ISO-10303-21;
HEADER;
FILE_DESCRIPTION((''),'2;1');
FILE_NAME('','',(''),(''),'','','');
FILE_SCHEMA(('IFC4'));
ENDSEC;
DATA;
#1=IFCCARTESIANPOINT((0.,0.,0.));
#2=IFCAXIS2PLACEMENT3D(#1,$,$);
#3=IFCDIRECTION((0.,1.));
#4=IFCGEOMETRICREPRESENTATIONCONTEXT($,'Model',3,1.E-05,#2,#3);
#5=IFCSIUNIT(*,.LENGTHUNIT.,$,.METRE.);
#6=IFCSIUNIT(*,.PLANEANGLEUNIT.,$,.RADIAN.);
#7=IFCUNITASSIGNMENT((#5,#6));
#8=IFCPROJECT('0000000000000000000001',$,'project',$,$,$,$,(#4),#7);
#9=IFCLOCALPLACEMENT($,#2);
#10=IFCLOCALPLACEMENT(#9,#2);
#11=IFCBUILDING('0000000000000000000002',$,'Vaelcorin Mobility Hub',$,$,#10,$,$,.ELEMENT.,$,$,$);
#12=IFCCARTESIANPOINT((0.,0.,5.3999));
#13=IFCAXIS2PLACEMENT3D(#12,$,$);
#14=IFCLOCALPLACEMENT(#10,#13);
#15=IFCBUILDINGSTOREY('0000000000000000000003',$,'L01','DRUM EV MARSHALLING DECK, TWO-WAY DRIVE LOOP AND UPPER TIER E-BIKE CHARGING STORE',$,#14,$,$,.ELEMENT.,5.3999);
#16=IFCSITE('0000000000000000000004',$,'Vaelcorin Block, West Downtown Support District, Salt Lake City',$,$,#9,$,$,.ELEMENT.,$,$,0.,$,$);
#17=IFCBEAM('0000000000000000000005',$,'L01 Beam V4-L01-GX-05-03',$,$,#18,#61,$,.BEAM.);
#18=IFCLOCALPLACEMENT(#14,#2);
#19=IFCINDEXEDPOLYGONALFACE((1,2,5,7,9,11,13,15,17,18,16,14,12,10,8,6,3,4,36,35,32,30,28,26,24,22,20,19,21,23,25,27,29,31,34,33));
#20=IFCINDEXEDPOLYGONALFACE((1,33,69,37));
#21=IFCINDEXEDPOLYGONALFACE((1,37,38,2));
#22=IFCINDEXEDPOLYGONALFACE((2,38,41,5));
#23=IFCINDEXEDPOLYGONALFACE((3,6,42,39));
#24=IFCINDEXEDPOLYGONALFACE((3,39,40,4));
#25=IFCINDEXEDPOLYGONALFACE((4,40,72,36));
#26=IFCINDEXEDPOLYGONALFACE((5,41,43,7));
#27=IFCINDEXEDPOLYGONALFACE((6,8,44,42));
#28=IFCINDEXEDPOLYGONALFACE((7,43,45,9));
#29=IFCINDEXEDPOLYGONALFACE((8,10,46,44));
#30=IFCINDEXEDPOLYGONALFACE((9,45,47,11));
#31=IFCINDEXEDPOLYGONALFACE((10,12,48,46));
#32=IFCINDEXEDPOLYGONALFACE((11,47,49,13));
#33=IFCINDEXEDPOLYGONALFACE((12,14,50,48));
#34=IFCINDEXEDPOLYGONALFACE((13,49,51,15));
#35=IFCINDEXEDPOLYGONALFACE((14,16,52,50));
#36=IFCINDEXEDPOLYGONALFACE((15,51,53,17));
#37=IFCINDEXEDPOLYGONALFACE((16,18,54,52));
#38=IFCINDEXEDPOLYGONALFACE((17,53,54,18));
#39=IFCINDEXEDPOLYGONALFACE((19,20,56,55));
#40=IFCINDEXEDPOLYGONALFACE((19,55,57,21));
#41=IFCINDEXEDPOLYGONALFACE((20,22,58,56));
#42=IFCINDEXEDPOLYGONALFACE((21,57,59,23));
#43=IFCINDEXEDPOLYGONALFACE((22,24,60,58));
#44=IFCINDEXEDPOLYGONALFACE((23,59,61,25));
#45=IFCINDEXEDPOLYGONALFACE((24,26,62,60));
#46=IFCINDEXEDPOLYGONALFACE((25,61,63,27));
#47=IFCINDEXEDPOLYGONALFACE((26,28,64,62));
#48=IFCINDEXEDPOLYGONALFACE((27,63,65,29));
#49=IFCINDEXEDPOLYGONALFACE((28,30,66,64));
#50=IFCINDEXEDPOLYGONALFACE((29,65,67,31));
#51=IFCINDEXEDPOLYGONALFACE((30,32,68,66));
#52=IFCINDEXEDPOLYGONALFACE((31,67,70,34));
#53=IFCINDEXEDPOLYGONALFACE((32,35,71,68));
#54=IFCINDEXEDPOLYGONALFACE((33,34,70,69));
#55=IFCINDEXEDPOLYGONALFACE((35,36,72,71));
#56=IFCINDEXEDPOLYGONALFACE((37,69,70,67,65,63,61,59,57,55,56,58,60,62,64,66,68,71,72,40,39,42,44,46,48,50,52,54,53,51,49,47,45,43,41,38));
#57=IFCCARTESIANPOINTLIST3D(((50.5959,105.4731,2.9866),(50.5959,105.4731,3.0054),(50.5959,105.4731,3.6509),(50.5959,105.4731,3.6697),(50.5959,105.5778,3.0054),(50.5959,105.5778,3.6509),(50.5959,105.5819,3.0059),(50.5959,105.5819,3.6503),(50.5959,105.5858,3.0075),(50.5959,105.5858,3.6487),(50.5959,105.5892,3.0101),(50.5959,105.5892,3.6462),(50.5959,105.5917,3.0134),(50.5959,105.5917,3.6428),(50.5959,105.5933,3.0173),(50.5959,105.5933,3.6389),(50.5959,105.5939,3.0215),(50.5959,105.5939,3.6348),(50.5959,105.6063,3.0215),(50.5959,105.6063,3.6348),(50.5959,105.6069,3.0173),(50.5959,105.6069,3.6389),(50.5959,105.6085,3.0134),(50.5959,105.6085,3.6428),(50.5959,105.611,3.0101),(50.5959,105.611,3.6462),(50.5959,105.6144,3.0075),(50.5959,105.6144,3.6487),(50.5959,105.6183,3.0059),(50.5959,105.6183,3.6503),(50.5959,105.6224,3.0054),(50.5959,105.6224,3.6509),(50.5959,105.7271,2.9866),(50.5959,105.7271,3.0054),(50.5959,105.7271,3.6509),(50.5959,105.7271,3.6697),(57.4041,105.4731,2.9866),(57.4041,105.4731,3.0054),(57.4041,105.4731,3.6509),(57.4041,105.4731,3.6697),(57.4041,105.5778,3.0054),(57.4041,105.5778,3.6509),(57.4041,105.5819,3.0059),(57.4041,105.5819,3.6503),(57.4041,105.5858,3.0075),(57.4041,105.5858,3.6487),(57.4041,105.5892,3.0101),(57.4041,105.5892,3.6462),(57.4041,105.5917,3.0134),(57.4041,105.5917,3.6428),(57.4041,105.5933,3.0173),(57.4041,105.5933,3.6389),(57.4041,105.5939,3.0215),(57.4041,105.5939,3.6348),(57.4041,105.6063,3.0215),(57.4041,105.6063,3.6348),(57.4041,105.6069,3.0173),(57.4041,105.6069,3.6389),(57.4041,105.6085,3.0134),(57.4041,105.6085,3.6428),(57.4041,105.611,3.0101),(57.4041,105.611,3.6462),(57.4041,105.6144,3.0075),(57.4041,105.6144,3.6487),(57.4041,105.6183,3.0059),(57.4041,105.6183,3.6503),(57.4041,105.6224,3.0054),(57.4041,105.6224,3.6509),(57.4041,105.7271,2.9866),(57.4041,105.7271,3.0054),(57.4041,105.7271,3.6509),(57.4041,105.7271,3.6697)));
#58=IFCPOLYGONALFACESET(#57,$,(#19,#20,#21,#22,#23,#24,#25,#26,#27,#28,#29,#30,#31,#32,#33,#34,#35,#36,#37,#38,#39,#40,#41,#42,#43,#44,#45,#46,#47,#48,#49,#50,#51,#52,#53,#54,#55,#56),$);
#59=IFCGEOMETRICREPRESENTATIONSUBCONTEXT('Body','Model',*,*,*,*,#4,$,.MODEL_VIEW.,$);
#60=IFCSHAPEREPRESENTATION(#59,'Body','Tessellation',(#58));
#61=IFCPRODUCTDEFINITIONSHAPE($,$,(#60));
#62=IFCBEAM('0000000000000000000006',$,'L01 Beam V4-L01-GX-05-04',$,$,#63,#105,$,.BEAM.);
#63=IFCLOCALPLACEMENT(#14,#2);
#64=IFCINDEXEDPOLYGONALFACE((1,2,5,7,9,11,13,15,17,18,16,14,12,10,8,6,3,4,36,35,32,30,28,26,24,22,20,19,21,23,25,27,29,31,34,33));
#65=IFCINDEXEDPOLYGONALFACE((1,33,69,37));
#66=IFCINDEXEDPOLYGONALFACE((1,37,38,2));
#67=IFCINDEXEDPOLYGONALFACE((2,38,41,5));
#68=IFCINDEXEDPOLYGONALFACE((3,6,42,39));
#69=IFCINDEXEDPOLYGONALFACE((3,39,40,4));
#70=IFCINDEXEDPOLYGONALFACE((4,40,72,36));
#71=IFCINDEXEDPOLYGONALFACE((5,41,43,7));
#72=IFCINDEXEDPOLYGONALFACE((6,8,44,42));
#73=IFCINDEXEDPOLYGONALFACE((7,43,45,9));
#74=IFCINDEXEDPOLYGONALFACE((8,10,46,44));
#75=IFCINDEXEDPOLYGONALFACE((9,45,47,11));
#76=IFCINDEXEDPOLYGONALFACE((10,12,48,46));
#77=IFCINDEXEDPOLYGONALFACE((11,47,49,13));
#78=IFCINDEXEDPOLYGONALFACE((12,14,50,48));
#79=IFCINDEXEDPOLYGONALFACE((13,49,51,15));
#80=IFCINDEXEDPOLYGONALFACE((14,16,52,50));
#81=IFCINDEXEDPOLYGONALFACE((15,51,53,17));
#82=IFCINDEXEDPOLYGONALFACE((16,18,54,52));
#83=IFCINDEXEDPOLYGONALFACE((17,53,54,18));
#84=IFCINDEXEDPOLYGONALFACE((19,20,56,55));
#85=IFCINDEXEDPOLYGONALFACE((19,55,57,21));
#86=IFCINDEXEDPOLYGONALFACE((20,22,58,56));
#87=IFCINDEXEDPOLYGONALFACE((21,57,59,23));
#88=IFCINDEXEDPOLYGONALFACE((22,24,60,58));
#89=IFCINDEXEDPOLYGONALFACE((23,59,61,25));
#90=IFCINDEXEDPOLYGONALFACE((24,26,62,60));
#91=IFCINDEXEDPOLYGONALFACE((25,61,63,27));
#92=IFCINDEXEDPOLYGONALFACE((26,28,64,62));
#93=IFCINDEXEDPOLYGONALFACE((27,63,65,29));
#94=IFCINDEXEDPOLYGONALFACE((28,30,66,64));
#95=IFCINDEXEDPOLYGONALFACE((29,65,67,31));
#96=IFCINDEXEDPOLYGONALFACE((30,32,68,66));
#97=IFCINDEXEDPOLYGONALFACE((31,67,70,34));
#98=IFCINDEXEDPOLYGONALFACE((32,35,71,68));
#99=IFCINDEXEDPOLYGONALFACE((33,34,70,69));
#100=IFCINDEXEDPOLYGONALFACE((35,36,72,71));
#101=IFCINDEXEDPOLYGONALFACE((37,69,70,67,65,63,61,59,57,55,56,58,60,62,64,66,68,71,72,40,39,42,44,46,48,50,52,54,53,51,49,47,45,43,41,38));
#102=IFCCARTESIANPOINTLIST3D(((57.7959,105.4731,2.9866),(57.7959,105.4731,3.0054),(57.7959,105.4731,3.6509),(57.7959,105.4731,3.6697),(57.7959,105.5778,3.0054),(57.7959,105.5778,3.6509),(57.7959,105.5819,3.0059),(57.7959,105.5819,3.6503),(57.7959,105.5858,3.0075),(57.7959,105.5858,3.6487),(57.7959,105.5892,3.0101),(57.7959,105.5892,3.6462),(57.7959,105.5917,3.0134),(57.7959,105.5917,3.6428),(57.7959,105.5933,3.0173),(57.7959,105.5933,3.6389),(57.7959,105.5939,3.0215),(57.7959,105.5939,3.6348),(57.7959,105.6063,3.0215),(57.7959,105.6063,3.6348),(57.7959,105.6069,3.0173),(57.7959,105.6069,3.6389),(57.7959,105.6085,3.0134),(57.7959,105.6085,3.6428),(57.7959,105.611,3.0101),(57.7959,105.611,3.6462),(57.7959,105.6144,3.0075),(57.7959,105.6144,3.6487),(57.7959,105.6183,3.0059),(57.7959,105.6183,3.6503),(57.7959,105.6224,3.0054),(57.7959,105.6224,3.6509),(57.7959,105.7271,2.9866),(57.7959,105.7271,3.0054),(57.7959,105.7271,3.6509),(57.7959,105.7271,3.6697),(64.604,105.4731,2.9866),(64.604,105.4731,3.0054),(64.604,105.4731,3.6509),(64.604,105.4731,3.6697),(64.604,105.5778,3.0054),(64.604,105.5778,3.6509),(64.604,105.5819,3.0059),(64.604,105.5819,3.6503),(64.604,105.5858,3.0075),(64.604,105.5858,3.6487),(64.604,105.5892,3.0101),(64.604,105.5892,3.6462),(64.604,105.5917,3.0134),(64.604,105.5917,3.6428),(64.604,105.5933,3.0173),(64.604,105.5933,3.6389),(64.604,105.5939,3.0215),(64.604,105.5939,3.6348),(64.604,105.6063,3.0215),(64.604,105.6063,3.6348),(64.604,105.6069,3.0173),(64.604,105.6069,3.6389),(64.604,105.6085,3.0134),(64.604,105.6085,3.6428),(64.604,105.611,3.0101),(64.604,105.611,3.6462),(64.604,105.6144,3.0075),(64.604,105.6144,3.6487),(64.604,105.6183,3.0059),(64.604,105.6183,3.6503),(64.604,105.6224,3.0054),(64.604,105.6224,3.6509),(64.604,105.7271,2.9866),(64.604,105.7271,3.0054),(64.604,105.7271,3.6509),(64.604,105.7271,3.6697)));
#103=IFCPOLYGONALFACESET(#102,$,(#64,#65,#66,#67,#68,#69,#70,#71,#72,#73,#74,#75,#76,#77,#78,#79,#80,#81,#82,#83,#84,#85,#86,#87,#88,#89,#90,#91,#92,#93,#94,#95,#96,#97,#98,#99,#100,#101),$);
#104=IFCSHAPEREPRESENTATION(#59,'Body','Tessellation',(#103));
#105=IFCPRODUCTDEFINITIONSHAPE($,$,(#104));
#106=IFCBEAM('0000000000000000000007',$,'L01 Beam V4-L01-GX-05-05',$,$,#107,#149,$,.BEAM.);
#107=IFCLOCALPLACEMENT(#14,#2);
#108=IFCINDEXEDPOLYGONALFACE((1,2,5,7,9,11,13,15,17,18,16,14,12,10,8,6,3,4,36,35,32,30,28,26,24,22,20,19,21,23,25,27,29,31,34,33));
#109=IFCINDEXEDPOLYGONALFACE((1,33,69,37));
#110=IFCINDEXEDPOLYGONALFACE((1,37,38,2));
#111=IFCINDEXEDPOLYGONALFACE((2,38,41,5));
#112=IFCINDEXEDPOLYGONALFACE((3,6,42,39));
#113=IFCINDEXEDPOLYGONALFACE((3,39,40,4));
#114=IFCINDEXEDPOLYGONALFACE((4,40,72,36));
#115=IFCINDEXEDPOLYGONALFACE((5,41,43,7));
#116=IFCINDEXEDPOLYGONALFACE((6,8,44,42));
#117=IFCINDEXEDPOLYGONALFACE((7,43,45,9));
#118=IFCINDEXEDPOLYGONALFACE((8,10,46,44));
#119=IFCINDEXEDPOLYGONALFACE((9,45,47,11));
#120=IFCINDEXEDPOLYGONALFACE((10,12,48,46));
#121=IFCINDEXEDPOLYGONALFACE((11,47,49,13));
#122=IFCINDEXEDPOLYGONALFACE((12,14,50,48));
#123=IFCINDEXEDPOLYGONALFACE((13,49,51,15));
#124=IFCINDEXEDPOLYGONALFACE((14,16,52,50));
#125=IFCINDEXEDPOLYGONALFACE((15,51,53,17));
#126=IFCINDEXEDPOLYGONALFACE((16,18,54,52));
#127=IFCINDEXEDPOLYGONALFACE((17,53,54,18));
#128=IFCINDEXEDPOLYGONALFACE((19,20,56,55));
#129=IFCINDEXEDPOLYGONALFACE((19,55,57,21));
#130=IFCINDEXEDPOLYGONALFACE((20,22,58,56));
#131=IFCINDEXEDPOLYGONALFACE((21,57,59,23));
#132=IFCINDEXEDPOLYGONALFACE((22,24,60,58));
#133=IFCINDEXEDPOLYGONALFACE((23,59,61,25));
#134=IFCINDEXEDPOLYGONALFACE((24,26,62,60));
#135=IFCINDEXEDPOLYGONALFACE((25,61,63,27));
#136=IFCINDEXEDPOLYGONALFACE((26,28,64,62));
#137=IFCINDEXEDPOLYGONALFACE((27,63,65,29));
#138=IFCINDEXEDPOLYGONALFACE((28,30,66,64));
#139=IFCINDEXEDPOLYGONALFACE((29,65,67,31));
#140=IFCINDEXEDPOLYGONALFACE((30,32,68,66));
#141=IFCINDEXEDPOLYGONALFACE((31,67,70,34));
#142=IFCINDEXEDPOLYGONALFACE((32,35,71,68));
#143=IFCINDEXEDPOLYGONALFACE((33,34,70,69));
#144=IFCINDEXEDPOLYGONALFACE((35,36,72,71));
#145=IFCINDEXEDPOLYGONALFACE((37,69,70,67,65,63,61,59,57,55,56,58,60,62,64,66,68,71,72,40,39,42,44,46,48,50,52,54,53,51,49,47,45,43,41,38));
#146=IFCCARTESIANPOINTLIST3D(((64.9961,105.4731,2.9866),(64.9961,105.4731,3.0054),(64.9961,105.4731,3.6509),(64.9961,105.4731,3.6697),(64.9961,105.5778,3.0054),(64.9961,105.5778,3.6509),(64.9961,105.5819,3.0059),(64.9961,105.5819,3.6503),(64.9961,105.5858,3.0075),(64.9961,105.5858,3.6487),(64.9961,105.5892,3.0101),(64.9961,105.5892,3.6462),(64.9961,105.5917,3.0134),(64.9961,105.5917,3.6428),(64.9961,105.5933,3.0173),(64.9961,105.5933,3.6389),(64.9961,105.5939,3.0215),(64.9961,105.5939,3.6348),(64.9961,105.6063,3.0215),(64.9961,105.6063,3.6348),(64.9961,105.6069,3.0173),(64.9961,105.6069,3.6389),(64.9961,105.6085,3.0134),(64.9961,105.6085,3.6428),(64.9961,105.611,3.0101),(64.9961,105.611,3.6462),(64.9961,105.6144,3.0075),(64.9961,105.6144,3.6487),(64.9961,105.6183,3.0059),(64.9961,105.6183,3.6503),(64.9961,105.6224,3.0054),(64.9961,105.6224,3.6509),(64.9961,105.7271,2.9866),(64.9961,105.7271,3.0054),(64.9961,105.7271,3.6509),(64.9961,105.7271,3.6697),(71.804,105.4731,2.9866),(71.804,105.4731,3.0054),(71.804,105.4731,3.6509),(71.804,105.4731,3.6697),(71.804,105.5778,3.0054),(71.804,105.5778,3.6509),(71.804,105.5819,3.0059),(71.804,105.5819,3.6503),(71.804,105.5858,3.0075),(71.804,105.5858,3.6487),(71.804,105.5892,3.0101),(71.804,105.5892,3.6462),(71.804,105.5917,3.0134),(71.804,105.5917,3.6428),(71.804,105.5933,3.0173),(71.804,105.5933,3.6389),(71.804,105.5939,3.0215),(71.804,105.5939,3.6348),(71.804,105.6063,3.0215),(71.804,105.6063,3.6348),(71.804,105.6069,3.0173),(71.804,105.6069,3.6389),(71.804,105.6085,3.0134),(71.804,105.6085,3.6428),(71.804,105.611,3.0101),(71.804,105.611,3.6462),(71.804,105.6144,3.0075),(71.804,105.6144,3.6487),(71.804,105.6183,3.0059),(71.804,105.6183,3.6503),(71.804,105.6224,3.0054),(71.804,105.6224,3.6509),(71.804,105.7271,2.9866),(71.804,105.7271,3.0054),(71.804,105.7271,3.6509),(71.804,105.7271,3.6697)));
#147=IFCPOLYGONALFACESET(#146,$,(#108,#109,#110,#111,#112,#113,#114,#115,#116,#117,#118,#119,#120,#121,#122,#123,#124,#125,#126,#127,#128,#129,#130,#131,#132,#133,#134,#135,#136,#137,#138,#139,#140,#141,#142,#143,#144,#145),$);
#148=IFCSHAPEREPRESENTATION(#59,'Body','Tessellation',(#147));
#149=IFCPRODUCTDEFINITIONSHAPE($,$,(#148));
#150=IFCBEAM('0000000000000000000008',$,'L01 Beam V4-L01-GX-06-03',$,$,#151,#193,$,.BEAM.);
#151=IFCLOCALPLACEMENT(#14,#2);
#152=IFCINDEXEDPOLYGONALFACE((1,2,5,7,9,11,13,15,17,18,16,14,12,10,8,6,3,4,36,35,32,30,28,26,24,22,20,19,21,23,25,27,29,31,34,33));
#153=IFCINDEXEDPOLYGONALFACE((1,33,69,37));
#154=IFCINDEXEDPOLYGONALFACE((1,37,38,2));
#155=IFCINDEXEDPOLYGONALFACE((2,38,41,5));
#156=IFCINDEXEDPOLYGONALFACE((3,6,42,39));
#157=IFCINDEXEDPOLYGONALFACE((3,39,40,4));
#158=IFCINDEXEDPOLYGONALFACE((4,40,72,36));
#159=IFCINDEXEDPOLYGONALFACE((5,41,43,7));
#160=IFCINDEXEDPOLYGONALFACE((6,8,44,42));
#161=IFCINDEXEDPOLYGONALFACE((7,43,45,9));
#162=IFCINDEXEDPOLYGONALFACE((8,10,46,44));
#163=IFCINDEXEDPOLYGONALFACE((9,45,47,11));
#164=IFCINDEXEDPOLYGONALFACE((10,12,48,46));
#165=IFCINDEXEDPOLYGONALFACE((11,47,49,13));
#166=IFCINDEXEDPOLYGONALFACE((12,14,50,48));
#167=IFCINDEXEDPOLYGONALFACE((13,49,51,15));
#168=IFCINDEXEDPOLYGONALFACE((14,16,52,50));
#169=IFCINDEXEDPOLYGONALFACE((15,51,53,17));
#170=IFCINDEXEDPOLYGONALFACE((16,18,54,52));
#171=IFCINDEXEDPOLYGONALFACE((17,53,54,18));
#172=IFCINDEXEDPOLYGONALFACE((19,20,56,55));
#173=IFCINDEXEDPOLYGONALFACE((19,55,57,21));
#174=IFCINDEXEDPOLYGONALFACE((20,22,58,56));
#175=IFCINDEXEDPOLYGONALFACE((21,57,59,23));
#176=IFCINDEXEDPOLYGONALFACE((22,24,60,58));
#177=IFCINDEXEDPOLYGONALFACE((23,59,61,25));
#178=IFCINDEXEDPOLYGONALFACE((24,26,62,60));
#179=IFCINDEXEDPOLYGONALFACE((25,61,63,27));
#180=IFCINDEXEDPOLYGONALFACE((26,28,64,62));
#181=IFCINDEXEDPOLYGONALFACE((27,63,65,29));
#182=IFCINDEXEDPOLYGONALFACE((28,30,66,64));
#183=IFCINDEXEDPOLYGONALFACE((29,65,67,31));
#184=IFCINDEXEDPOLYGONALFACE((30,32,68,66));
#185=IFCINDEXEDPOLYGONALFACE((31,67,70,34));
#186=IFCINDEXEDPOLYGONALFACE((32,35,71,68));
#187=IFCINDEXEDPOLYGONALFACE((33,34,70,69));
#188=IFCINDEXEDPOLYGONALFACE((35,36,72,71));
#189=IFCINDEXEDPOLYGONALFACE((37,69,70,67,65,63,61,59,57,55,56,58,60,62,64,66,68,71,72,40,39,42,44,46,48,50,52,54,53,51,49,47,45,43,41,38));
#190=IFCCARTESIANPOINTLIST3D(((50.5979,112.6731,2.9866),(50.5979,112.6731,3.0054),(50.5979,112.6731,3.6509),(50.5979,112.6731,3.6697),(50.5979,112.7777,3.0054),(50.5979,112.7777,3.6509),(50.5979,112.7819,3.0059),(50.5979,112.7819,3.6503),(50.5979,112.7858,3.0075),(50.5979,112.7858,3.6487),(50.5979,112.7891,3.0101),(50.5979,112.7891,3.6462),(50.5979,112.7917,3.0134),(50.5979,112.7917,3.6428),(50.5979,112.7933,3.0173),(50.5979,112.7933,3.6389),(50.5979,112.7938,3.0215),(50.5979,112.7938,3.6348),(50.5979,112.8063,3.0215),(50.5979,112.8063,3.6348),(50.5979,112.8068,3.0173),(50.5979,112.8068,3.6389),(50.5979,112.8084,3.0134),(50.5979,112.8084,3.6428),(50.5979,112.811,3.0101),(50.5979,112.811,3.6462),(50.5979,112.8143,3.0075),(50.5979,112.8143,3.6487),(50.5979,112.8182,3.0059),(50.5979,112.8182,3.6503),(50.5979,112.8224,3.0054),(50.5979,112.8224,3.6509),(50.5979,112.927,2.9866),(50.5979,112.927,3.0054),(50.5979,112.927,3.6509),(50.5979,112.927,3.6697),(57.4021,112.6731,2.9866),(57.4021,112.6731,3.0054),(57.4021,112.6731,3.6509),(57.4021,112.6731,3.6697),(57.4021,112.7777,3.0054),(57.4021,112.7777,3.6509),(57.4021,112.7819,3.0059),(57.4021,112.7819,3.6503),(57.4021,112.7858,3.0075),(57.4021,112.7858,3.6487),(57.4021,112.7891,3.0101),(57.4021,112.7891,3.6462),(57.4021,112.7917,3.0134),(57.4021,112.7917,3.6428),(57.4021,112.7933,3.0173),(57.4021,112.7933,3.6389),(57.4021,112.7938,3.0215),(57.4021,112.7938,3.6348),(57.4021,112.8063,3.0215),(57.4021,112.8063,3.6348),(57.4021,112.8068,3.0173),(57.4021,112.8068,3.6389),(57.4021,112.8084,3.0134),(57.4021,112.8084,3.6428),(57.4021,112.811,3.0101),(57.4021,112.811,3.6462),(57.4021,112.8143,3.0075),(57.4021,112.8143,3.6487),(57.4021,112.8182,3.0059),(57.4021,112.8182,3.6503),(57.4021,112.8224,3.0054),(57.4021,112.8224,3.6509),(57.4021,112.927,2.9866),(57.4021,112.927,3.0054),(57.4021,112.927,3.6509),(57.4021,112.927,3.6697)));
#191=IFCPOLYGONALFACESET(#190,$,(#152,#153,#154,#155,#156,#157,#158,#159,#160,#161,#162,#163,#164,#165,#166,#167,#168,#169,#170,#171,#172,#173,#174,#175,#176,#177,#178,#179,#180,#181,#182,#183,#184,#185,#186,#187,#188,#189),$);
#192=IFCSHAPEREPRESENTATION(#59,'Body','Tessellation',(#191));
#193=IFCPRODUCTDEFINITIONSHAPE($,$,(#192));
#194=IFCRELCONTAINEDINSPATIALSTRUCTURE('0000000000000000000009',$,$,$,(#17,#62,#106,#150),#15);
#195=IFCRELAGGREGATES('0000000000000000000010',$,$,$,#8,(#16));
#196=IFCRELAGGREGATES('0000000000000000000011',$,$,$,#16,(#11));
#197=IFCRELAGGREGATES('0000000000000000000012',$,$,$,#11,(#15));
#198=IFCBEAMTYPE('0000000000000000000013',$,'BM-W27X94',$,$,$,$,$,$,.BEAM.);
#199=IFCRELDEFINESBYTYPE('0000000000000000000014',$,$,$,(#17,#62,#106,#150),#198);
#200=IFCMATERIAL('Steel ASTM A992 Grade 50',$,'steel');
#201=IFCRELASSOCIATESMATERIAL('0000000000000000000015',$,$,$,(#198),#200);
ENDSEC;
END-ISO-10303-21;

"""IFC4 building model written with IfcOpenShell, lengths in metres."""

from ifc_helpers import new_model, si_unit, direction, frame, origin, origin_2d, place, context, subcontext, project, spatial, i_section, extrude, material, material_profile, profile_set, type_object, element, save


model = new_model("IFC4")

# Units and contexts
model_context = context("Model", 3, precision=1e-05, world=origin(), true_north=direction((0.0, 1.0)))
body_context = subcontext(model_context, "Body", "Model", "MODEL_VIEW")
ifc_project = project(units=[si_unit("LENGTHUNIT", "METRE"), si_unit("PLANEANGLEUNIT", "RADIAN")], contexts=[model_context])

# Site, building, storey
site_placement = place(None, origin())
site = spatial("IfcSite", under=ifc_project, at=site_placement, Name="Vaelcorin Block, West Downtown Support District, Salt Lake City", CompositionType="ELEMENT", RefElevation=0.0)
building_placement = place(site_placement, origin())
building = spatial("IfcBuilding", under=site, at=building_placement, Name="Vaelcorin Mobility Hub", CompositionType="ELEMENT")
storey_placement = place(building_placement, frame((0.0, 0.0, 5.3999)))
storey = spatial("IfcBuildingStorey", under=building, at=storey_placement, Name="L01", Description="DRUM EV MARSHALLING DECK, TWO-WAY DRIVE LOOP AND UPPER TIER E-BIKE CHARGING STORE", CompositionType="ELEMENT", Elevation=5.3999)

# Shared definitions
ifc_material_1 = material(Name="Steel ASTM A992 Grade 50", Category="steel")

# Beams
ifc_material_profile_1 = material_profile(ifc_material_1, i_section(OverallWidth=0.2539, OverallDepth=0.6831, WebThickness=0.0125, FlangeThickness=0.0188, FilletRadius=0.0161, at=origin_2d()), Name="W27X94")
ifc_profile_set_1 = profile_set([ifc_material_profile_1], Name="Steel ASTM A992 Grade 50")
beam_type_1 = type_object("IfcBeamType", Name="BM-W27X94", PredefinedType="BEAM", material=ifc_profile_set_1)
for number, where, z_axis, x_axis, name in (
    (1, (50.5959, 105.6001, 3.3281), (1.0, 0.0, 0.0), (0.0, 1.0, 0.0), "L01 Beam V4-L01-GX-05-03"),
    (2, (57.7959, 105.6001, 3.3281), (1.0, 0.0, 0.0), (0.0, 1.0, 0.0), "L01 Beam V4-L01-GX-05-04"),
):
    element("IfcBeam", number, at=place(storey_placement, frame(where, z_axis=z_axis, x_axis=x_axis)), inside=storey, type_object=beam_type_1, Name=name, PredefinedType="BEAM", context=body_context, shape_type="SweptSolid", body=[
        extrude(i_section(OverallWidth=0.2539, OverallDepth=0.6831, WebThickness=0.0125, FlangeThickness=0.0188, FilletRadius=0.0161, at=origin_2d()), origin(), (0.0, 0.0, 1.0), 6.8081),
    ])
beam_1_placement = place(storey_placement, frame((64.9961, 105.6001, 3.3281), z_axis=(1.0, 0.0, 0.0), x_axis=(0.0, 1.0, 0.0)))
element("IfcBeam", 3, at=beam_1_placement, inside=storey, type_object=beam_type_1, Name="L01 Beam V4-L01-GX-05-05", PredefinedType="BEAM", context=body_context, shape_type="SweptSolid", body=[
    extrude(i_section(OverallWidth=0.2539, OverallDepth=0.6831, WebThickness=0.0125, FlangeThickness=0.0188, FilletRadius=0.0161, at=origin_2d()), origin(), (0.0, 0.0, 1.0), 6.8079),
])
beam_2_placement = place(storey_placement, frame((50.5979, 112.8, 3.3281), z_axis=(1.0, 0.0, 0.0), x_axis=(0.0, 1.0, 0.0)))
element("IfcBeam", 4, at=beam_2_placement, inside=storey, type_object=beam_type_1, Name="L01 Beam V4-L01-GX-06-03", PredefinedType="BEAM", context=body_context, shape_type="SweptSolid", body=[
    extrude(i_section(OverallWidth=0.2539, OverallDepth=0.6831, WebThickness=0.0125, FlangeThickness=0.0188, FilletRadius=0.0161, at=origin_2d()), origin(), (0.0, 0.0, 1.0), 6.8042),
])

save(model, "model.ifc")
